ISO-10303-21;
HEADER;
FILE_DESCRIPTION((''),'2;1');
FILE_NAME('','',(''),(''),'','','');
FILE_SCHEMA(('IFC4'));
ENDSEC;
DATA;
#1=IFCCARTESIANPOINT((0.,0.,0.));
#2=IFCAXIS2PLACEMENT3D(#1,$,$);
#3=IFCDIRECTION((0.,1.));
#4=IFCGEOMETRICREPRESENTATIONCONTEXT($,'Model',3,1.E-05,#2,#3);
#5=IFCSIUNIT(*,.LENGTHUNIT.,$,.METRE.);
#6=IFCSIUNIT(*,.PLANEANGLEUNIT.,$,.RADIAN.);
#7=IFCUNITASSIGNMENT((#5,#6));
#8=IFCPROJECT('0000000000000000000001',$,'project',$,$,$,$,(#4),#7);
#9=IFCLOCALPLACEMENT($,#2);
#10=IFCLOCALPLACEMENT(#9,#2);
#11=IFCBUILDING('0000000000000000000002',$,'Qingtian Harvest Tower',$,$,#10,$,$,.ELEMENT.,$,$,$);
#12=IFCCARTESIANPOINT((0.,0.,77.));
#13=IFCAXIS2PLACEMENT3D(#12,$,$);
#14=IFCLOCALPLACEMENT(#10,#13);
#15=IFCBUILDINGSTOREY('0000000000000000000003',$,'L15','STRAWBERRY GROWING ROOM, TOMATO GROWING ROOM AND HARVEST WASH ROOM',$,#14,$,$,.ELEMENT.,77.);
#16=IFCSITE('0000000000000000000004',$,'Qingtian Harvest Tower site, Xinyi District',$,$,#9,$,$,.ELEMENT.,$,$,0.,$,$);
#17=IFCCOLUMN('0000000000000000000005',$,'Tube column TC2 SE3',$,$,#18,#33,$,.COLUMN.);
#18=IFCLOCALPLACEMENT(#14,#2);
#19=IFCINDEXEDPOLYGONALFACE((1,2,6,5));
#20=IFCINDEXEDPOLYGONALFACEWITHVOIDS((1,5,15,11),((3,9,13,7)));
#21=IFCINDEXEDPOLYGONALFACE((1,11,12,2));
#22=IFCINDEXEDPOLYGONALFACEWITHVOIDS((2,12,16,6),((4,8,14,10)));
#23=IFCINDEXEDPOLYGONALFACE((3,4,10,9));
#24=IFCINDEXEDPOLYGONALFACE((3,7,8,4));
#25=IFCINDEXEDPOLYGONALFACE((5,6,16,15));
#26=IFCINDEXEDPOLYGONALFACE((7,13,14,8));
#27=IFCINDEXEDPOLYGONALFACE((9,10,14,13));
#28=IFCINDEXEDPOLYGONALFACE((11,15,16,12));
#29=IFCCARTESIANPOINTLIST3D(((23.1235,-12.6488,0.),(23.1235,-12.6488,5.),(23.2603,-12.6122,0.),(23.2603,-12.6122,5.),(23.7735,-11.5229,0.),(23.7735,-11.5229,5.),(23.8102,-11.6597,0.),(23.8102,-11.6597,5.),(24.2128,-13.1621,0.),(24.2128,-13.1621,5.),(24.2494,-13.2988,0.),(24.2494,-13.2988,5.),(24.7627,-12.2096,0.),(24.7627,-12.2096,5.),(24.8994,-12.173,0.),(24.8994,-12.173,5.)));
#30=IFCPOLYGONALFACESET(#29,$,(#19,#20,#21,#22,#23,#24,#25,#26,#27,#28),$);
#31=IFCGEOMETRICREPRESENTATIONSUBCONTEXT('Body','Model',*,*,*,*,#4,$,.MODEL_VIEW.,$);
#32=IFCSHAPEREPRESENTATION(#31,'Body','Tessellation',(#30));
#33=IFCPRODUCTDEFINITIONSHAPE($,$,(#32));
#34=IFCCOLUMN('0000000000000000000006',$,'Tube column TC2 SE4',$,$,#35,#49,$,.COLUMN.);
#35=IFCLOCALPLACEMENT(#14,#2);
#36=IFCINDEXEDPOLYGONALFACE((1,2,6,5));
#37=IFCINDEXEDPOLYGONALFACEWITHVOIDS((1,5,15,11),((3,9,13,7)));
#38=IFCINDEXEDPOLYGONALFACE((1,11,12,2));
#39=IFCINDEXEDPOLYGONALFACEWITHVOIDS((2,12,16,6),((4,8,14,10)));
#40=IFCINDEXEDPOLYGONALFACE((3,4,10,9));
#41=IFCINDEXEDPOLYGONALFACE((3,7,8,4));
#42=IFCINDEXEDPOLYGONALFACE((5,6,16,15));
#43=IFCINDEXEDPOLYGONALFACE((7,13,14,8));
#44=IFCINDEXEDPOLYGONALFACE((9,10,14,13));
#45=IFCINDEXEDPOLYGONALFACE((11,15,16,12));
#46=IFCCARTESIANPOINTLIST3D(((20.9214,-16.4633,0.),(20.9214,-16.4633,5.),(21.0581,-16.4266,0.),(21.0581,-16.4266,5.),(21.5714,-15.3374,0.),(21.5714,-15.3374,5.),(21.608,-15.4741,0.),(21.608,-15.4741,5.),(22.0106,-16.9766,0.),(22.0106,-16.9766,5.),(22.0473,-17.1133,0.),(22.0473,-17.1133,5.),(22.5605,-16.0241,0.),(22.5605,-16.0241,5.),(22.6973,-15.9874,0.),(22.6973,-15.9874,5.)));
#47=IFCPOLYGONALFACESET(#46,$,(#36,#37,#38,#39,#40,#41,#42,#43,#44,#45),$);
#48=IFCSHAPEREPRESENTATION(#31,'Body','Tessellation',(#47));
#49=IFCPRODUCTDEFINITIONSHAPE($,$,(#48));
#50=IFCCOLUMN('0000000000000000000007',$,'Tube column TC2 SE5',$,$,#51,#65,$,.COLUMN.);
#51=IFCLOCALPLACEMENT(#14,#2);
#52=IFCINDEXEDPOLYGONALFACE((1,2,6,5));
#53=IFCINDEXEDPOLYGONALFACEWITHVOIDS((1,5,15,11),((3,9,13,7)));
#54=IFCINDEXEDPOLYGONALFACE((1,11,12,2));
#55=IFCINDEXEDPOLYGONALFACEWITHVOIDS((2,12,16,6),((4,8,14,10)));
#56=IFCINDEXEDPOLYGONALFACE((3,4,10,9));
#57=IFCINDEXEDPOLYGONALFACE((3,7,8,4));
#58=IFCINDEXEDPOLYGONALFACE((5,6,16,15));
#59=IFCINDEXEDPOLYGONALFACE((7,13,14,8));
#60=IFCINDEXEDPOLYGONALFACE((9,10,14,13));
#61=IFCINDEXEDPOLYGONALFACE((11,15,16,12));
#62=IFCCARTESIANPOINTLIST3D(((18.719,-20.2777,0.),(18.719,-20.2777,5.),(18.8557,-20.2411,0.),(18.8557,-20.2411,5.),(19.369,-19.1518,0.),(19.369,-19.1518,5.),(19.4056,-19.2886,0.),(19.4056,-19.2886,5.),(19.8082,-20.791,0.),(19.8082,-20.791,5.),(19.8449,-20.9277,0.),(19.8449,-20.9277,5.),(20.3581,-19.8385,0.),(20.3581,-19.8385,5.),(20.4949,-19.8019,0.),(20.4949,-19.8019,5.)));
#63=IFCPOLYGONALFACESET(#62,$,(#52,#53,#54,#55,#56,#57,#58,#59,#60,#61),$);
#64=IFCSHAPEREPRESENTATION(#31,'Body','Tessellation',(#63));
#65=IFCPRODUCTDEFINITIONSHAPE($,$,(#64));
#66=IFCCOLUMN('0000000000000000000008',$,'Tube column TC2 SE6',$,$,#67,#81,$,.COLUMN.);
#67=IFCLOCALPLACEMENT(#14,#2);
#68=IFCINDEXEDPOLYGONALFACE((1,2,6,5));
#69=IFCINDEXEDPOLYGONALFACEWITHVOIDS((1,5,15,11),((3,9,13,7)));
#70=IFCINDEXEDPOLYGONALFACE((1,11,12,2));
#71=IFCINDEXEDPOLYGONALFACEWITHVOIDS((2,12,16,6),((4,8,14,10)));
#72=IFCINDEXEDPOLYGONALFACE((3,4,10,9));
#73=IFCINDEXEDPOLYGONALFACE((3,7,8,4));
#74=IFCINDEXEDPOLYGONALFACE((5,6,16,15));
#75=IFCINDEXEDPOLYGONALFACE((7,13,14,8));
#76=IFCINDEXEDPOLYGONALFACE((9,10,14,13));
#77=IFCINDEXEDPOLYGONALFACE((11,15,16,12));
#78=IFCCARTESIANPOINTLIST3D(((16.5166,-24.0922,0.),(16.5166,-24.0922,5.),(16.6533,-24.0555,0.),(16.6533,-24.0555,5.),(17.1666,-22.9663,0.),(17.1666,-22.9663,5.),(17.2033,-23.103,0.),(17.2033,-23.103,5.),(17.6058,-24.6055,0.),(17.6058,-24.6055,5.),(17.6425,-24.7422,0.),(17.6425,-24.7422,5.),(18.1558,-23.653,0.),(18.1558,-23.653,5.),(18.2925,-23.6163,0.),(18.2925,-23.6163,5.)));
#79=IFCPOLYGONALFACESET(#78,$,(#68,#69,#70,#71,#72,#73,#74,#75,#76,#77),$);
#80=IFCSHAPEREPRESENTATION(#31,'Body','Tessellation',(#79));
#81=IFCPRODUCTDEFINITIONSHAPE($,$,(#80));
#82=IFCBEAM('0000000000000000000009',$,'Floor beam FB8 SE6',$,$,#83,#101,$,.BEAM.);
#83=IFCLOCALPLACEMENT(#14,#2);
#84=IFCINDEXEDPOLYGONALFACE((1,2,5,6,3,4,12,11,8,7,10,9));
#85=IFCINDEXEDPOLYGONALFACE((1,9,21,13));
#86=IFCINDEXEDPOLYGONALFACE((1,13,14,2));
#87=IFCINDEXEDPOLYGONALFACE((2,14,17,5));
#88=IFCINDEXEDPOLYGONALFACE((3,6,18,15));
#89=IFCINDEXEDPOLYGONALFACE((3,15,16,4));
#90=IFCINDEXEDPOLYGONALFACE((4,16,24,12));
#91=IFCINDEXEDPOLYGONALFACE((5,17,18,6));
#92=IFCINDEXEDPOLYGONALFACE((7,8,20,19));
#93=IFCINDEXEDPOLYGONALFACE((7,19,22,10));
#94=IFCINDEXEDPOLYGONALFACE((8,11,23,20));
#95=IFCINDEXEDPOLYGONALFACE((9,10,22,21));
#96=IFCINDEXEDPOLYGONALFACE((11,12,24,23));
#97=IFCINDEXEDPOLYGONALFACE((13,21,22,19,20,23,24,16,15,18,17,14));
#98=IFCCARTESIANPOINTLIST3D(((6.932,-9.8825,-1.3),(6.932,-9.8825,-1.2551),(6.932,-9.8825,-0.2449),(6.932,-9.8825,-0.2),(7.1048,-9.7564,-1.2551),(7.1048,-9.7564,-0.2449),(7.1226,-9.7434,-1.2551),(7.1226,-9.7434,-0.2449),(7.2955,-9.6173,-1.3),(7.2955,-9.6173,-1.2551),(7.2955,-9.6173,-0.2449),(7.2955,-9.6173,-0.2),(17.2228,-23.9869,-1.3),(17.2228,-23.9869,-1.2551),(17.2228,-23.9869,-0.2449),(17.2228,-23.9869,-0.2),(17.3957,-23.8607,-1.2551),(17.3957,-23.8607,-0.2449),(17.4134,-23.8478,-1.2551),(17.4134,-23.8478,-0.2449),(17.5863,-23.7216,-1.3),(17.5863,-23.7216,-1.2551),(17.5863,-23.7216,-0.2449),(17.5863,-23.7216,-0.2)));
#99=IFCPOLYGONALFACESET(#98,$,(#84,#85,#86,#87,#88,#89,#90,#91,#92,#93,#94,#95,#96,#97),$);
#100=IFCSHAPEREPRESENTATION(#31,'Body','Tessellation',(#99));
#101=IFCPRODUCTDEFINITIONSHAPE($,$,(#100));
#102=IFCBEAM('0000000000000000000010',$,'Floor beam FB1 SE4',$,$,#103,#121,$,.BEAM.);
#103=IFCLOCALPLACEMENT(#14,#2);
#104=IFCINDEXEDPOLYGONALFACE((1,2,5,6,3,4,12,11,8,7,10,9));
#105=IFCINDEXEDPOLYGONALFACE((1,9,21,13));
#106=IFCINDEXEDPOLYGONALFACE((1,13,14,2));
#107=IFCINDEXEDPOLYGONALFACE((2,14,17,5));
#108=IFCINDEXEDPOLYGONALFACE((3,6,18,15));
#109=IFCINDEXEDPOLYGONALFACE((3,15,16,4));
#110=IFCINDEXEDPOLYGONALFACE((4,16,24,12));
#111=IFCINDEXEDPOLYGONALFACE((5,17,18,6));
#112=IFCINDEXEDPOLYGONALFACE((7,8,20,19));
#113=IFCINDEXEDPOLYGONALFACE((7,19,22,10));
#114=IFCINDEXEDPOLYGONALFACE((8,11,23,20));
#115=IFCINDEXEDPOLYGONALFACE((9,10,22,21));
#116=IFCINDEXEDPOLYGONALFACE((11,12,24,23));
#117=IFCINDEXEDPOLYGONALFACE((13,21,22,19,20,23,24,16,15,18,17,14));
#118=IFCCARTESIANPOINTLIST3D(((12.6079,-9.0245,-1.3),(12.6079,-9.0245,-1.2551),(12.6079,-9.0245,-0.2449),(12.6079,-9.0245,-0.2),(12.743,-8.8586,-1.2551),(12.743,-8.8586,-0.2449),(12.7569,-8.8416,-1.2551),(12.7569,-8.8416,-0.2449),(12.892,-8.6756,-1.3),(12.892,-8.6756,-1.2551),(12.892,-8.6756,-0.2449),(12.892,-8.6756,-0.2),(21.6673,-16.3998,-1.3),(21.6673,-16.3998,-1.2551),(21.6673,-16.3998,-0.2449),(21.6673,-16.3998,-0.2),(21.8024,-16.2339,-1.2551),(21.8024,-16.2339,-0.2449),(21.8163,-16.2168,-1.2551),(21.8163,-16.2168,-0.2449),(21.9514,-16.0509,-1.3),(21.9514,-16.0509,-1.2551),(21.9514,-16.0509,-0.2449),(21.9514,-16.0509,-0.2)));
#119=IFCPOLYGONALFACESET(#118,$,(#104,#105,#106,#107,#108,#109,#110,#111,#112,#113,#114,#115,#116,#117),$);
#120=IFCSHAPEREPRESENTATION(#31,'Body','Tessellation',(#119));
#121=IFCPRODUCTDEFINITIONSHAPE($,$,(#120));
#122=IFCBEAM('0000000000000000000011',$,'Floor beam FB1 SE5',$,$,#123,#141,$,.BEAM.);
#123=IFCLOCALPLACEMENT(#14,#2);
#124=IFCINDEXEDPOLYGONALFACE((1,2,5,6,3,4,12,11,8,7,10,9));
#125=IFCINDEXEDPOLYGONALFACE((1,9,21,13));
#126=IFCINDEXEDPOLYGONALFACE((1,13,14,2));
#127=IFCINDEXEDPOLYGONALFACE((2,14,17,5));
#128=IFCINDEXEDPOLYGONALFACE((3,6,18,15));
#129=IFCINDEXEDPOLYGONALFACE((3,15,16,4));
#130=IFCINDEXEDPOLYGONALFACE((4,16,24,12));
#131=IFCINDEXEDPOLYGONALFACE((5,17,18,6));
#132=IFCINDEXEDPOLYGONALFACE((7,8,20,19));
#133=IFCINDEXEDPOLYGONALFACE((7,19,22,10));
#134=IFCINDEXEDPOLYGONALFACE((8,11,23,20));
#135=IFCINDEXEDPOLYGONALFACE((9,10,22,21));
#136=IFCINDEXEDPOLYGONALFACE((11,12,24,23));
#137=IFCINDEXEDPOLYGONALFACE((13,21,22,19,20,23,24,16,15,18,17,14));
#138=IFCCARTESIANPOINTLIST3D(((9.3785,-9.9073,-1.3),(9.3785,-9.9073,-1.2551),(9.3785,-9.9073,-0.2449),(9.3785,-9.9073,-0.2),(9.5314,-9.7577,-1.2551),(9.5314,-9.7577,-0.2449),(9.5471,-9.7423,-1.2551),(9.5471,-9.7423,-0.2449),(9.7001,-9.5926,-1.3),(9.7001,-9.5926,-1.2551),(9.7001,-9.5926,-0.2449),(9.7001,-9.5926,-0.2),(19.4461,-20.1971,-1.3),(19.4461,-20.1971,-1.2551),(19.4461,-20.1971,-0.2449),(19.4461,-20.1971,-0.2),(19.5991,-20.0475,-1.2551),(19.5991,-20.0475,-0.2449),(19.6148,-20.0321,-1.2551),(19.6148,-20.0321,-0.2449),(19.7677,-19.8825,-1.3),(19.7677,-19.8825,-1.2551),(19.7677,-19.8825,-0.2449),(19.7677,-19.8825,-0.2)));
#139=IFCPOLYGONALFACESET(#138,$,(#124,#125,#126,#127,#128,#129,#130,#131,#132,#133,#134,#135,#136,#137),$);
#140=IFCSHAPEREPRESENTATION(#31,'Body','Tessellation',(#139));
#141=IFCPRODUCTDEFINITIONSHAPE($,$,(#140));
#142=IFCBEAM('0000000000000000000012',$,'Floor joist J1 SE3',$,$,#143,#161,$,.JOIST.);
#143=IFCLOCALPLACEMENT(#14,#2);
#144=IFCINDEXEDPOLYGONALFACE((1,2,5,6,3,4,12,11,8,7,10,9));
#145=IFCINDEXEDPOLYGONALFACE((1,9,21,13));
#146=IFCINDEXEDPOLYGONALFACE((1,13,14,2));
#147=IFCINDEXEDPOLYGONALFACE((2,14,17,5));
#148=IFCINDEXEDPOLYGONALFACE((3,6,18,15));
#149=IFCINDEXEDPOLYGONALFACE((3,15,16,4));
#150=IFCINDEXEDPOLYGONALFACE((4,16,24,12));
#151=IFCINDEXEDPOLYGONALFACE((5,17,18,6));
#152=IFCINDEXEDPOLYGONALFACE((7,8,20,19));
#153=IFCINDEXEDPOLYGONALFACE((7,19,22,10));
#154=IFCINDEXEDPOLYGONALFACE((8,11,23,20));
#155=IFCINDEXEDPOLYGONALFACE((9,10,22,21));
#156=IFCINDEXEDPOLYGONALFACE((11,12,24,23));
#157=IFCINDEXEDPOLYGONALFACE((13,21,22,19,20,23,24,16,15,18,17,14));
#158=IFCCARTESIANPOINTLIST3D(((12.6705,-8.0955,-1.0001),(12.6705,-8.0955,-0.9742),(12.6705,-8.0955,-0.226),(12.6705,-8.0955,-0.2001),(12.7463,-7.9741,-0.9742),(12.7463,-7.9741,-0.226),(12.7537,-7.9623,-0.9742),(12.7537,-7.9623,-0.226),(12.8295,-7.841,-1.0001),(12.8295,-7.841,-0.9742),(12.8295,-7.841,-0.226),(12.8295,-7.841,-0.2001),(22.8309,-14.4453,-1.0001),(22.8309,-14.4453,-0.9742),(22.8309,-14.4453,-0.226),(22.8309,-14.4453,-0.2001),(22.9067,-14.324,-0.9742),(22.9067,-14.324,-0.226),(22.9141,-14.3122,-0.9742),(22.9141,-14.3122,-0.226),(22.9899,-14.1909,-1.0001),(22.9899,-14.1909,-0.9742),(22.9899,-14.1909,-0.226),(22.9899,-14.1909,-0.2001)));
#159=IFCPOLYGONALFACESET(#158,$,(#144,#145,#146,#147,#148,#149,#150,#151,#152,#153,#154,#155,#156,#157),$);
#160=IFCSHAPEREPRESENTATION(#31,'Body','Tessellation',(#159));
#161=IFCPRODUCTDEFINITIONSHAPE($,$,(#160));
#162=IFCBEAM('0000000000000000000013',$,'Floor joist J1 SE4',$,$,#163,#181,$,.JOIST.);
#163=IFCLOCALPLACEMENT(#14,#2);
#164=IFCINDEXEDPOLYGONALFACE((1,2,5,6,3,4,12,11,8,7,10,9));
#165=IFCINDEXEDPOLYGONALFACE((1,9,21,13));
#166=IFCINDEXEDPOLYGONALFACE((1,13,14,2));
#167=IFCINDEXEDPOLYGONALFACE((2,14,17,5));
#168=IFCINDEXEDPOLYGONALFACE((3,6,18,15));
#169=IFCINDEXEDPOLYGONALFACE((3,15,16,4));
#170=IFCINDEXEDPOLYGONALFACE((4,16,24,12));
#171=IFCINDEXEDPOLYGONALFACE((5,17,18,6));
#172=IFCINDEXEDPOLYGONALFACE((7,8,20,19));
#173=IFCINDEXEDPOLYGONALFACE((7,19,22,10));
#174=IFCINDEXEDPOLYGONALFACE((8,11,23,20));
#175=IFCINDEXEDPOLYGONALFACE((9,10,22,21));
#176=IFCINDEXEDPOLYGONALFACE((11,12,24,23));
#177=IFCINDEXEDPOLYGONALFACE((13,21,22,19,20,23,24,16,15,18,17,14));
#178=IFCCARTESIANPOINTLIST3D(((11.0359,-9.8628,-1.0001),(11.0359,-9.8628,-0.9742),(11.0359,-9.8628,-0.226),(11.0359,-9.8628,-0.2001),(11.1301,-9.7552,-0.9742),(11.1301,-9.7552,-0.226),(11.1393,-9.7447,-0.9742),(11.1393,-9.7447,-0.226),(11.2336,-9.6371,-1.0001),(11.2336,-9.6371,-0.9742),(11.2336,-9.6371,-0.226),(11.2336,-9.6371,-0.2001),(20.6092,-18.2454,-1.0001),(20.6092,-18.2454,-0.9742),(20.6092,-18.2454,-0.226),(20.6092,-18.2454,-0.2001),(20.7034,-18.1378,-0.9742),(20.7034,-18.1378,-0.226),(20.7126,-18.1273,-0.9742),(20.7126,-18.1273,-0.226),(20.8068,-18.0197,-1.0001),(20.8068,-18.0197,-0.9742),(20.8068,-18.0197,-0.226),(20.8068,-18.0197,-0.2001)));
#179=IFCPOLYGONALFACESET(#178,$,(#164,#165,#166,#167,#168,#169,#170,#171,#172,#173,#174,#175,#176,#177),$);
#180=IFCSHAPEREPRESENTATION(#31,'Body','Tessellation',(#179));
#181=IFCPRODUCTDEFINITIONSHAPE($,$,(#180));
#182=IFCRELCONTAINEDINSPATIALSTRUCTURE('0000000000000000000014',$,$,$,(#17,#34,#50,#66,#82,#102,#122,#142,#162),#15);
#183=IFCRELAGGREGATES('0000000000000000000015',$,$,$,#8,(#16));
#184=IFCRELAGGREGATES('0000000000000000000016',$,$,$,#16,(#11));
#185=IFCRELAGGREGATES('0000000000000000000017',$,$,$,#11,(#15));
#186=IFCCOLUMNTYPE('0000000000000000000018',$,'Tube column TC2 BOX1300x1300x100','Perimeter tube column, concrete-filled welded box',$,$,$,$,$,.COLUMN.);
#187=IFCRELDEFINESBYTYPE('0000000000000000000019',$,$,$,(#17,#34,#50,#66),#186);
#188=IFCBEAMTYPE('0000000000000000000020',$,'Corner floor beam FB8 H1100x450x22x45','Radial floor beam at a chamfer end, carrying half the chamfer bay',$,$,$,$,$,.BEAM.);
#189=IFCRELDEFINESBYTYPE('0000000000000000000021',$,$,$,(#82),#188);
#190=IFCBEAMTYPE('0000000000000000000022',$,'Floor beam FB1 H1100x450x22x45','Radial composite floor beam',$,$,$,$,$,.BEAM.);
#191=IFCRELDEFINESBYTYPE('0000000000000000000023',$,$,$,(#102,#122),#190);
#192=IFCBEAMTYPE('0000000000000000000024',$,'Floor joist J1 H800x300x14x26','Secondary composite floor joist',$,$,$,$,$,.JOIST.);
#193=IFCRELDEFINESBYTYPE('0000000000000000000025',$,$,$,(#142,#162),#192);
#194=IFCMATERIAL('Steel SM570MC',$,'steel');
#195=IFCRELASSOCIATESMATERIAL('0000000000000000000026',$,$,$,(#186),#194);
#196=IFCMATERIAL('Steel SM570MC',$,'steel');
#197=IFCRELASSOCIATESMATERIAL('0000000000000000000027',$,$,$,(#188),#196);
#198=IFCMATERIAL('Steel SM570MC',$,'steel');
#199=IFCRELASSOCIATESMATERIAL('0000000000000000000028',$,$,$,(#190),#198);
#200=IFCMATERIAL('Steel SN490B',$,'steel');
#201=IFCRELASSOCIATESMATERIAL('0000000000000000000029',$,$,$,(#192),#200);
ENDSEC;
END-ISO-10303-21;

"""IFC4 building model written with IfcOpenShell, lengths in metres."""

from ifc_helpers import new_model, si_unit, direction, frame, origin, origin_2d, place, context, subcontext, project, spatial, hollow_rectangle, i_section, extrude, material, material_profile, profile_set, type_object, element, save


model = new_model("IFC4")

# Units and contexts
model_context = context("Model", 3, precision=1e-05, world=origin(), true_north=direction((0.0, 1.0)))
body_context = subcontext(model_context, "Body", "Model", "MODEL_VIEW")
ifc_project = project(units=[si_unit("LENGTHUNIT", "METRE"), si_unit("PLANEANGLEUNIT", "RADIAN")], contexts=[model_context])

# Site, building, storey
site_placement = place(None, origin())
site = spatial("IfcSite", under=ifc_project, at=site_placement, Name="Qingtian Harvest Tower site, Xinyi District", CompositionType="ELEMENT", RefElevation=0.0)
building_placement = place(site_placement, origin())
building = spatial("IfcBuilding", under=site, at=building_placement, Name="Qingtian Harvest Tower", CompositionType="ELEMENT")
storey_placement = place(building_placement, frame((0.0, 0.0, 77.0)))
storey = spatial("IfcBuildingStorey", under=building, at=storey_placement, Name="L15", Description="STRAWBERRY GROWING ROOM, TOMATO GROWING ROOM AND HARVEST WASH ROOM", CompositionType="ELEMENT", Elevation=77.0)

# Columns
ifc_material_1 = material(Name="Steel SM570MC", Category="steel")
ifc_material_profile_1 = material_profile(ifc_material_1, hollow_rectangle(XDim=1.3, YDim=1.3, WallThickness=0.1001, at=origin_2d()), Name="BOX1300x1300x100")
ifc_profile_set_1 = profile_set([ifc_material_profile_1], Name="Steel SM570MC")
column_type = type_object("IfcColumnType", Name="Tube column TC2 BOX1300x1300x100", Description="Perimeter tube column, concrete-filled welded box", PredefinedType="COLUMN", material=ifc_profile_set_1)
for number, where, z_axis, x_axis, name in (
    (1, (24.0115, -12.4109, 0.0), (0.0, 0.0, 1.0), (0.5, 0.866025, 0.0), "Tube column TC2 SE3"),
    (2, (21.8093, -16.2253, 0.0), (0.0, 0.0, 1.0), (0.5, 0.866025, 0.0), "Tube column TC2 SE4"),
    (3, (19.6069, -20.0398, 0.0), (0.0, 0.0, 1.0), (0.5, 0.866025, 0.0), "Tube column TC2 SE5"),
    (4, (17.4045, -23.8542, 0.0), (0.0, 0.0, 1.0), (0.5, 0.866025, 0.0), "Tube column TC2 SE6"),
):
    element("IfcColumn", number, at=place(storey_placement, frame(where, z_axis=z_axis, x_axis=x_axis)), inside=storey, type_object=column_type, Name=name, PredefinedType="COLUMN", context=body_context, shape_type="SweptSolid", body=[
        extrude(hollow_rectangle(XDim=1.3, YDim=1.3, WallThickness=0.1001, at=origin_2d()), origin(), (0.0, 0.0, 1.0), 5.0),
    ])

# Beams
ifc_material_2 = material(Name="Steel SM570MC", Category="steel")
ifc_material_profile_2 = material_profile(ifc_material_2, i_section(OverallWidth=0.45, OverallDepth=1.1001, WebThickness=0.022, FlangeThickness=0.0449, at=origin_2d()), Name="H1100x450x22x45")
ifc_profile_set_2 = profile_set([ifc_material_profile_2], Name="Steel SM570MC")
beam_type_1 = type_object("IfcBeamType", Name="Corner floor beam FB8 H1100x450x22x45", Description="Radial floor beam at a chamfer end, carrying half the chamfer bay", PredefinedType="BEAM", material=ifc_profile_set_2)
beam_1_placement = place(storey_placement, frame((17.4045, -23.8542, -0.75), z_axis=(-0.589412, 0.807832, 0.0), x_axis=(-0.807832, -0.589412, 0.0)))
element("IfcBeam", 5, at=beam_1_placement, inside=storey, type_object=beam_type_1, Name="Floor beam FB8 SE6", PredefinedType="BEAM", context=body_context, shape_type="SweptSolid", body=[
    extrude(i_section(OverallWidth=0.45, OverallDepth=1.1001, WebThickness=0.022, FlangeThickness=0.0449, at=origin_2d()), origin(), (0.0, 0.0, 1.0), 17.4595),
])
ifc_material_3 = material(Name="Steel SM570MC", Category="steel")
ifc_material_profile_3 = material_profile(ifc_material_3, i_section(OverallWidth=0.45, OverallDepth=1.1001, WebThickness=0.022, FlangeThickness=0.0449, at=origin_2d()), Name="H1100x450x22x45")
ifc_profile_set_3 = profile_set([ifc_material_profile_3], Name="Steel SM570MC")
beam_type_2 = type_object("IfcBeamType", Name="Floor beam FB1 H1100x450x22x45", Description="Radial composite floor beam", PredefinedType="BEAM", material=ifc_profile_set_3)
beam_2_placement = place(storey_placement, frame((21.8093, -16.2253, -0.75), z_axis=(-0.775504, 0.631342, 0.0), x_axis=(-0.631342, -0.775504, 0.0)))
element("IfcBeam", 6, at=beam_2_placement, inside=storey, type_object=beam_type_2, Name="Floor beam FB1 SE4", PredefinedType="BEAM", context=body_context, shape_type="SweptSolid", body=[
    extrude(i_section(OverallWidth=0.45, OverallDepth=1.1001, WebThickness=0.022, FlangeThickness=0.0449, at=origin_2d()), origin(), (0.0, 0.0, 1.0), 11.6819),
])
beam_3_placement = place(storey_placement, frame((19.6069, -20.0398, -0.75), z_axis=(-0.699348, 0.714781, 0.0), x_axis=(-0.714781, -0.699348, 0.0)))
element("IfcBeam", 7, at=beam_3_placement, inside=storey, type_object=beam_type_2, Name="Floor beam FB1 SE5", PredefinedType="BEAM", context=body_context, shape_type="SweptSolid", body=[
    extrude(i_section(OverallWidth=0.45, OverallDepth=1.1001, WebThickness=0.022, FlangeThickness=0.0449, at=origin_2d()), origin(), (0.0, 0.0, 1.0), 14.3958),
])
ifc_material_4 = material(Name="Steel SN490B", Category="steel")
ifc_material_profile_4 = material_profile(ifc_material_4, i_section(OverallWidth=0.3, OverallDepth=0.8, WebThickness=0.0139, FlangeThickness=0.0259, at=origin_2d()), Name="H800x300x14x26")
ifc_profile_set_4 = profile_set([ifc_material_profile_4], Name="Steel SN490B")
beam_type_3 = type_object("IfcBeamType", Name="Floor joist J1 H800x300x14x26", Description="Secondary composite floor joist", PredefinedType="JOIST", material=ifc_profile_set_4)
beam_4_placement = place(storey_placement, frame((22.9104, -14.3181, -0.6001), z_axis=(-0.848013, 0.529975, 0.0), x_axis=(-0.529975, -0.848013, 0.0)))
element("IfcBeam", 8, at=beam_4_placement, inside=storey, type_object=beam_type_3, Name="Floor joist J1 SE3", PredefinedType="JOIST", context=body_context, shape_type="SweptSolid", body=[
    extrude(i_section(OverallWidth=0.3, OverallDepth=0.8, WebThickness=0.0139, FlangeThickness=0.0259, at=origin_2d()), origin(), (0.0, 0.0, 1.0), 11.9814),
])
beam_5_placement = place(storey_placement, frame((20.708, -18.1326, -0.6001), z_axis=(-0.752344, 0.658771, 0.0), x_axis=(-0.658771, -0.752344, 0.0)))
element("IfcBeam", 9, at=beam_5_placement, inside=storey, type_object=beam_type_3, Name="Floor joist J1 SE4", PredefinedType="JOIST", context=body_context, shape_type="SweptSolid", body=[
    extrude(i_section(OverallWidth=0.3, OverallDepth=0.8, WebThickness=0.0139, FlangeThickness=0.0259, at=origin_2d()), origin(), (0.0, 0.0, 1.0), 12.7246),
])

save(model, "model.ifc")
